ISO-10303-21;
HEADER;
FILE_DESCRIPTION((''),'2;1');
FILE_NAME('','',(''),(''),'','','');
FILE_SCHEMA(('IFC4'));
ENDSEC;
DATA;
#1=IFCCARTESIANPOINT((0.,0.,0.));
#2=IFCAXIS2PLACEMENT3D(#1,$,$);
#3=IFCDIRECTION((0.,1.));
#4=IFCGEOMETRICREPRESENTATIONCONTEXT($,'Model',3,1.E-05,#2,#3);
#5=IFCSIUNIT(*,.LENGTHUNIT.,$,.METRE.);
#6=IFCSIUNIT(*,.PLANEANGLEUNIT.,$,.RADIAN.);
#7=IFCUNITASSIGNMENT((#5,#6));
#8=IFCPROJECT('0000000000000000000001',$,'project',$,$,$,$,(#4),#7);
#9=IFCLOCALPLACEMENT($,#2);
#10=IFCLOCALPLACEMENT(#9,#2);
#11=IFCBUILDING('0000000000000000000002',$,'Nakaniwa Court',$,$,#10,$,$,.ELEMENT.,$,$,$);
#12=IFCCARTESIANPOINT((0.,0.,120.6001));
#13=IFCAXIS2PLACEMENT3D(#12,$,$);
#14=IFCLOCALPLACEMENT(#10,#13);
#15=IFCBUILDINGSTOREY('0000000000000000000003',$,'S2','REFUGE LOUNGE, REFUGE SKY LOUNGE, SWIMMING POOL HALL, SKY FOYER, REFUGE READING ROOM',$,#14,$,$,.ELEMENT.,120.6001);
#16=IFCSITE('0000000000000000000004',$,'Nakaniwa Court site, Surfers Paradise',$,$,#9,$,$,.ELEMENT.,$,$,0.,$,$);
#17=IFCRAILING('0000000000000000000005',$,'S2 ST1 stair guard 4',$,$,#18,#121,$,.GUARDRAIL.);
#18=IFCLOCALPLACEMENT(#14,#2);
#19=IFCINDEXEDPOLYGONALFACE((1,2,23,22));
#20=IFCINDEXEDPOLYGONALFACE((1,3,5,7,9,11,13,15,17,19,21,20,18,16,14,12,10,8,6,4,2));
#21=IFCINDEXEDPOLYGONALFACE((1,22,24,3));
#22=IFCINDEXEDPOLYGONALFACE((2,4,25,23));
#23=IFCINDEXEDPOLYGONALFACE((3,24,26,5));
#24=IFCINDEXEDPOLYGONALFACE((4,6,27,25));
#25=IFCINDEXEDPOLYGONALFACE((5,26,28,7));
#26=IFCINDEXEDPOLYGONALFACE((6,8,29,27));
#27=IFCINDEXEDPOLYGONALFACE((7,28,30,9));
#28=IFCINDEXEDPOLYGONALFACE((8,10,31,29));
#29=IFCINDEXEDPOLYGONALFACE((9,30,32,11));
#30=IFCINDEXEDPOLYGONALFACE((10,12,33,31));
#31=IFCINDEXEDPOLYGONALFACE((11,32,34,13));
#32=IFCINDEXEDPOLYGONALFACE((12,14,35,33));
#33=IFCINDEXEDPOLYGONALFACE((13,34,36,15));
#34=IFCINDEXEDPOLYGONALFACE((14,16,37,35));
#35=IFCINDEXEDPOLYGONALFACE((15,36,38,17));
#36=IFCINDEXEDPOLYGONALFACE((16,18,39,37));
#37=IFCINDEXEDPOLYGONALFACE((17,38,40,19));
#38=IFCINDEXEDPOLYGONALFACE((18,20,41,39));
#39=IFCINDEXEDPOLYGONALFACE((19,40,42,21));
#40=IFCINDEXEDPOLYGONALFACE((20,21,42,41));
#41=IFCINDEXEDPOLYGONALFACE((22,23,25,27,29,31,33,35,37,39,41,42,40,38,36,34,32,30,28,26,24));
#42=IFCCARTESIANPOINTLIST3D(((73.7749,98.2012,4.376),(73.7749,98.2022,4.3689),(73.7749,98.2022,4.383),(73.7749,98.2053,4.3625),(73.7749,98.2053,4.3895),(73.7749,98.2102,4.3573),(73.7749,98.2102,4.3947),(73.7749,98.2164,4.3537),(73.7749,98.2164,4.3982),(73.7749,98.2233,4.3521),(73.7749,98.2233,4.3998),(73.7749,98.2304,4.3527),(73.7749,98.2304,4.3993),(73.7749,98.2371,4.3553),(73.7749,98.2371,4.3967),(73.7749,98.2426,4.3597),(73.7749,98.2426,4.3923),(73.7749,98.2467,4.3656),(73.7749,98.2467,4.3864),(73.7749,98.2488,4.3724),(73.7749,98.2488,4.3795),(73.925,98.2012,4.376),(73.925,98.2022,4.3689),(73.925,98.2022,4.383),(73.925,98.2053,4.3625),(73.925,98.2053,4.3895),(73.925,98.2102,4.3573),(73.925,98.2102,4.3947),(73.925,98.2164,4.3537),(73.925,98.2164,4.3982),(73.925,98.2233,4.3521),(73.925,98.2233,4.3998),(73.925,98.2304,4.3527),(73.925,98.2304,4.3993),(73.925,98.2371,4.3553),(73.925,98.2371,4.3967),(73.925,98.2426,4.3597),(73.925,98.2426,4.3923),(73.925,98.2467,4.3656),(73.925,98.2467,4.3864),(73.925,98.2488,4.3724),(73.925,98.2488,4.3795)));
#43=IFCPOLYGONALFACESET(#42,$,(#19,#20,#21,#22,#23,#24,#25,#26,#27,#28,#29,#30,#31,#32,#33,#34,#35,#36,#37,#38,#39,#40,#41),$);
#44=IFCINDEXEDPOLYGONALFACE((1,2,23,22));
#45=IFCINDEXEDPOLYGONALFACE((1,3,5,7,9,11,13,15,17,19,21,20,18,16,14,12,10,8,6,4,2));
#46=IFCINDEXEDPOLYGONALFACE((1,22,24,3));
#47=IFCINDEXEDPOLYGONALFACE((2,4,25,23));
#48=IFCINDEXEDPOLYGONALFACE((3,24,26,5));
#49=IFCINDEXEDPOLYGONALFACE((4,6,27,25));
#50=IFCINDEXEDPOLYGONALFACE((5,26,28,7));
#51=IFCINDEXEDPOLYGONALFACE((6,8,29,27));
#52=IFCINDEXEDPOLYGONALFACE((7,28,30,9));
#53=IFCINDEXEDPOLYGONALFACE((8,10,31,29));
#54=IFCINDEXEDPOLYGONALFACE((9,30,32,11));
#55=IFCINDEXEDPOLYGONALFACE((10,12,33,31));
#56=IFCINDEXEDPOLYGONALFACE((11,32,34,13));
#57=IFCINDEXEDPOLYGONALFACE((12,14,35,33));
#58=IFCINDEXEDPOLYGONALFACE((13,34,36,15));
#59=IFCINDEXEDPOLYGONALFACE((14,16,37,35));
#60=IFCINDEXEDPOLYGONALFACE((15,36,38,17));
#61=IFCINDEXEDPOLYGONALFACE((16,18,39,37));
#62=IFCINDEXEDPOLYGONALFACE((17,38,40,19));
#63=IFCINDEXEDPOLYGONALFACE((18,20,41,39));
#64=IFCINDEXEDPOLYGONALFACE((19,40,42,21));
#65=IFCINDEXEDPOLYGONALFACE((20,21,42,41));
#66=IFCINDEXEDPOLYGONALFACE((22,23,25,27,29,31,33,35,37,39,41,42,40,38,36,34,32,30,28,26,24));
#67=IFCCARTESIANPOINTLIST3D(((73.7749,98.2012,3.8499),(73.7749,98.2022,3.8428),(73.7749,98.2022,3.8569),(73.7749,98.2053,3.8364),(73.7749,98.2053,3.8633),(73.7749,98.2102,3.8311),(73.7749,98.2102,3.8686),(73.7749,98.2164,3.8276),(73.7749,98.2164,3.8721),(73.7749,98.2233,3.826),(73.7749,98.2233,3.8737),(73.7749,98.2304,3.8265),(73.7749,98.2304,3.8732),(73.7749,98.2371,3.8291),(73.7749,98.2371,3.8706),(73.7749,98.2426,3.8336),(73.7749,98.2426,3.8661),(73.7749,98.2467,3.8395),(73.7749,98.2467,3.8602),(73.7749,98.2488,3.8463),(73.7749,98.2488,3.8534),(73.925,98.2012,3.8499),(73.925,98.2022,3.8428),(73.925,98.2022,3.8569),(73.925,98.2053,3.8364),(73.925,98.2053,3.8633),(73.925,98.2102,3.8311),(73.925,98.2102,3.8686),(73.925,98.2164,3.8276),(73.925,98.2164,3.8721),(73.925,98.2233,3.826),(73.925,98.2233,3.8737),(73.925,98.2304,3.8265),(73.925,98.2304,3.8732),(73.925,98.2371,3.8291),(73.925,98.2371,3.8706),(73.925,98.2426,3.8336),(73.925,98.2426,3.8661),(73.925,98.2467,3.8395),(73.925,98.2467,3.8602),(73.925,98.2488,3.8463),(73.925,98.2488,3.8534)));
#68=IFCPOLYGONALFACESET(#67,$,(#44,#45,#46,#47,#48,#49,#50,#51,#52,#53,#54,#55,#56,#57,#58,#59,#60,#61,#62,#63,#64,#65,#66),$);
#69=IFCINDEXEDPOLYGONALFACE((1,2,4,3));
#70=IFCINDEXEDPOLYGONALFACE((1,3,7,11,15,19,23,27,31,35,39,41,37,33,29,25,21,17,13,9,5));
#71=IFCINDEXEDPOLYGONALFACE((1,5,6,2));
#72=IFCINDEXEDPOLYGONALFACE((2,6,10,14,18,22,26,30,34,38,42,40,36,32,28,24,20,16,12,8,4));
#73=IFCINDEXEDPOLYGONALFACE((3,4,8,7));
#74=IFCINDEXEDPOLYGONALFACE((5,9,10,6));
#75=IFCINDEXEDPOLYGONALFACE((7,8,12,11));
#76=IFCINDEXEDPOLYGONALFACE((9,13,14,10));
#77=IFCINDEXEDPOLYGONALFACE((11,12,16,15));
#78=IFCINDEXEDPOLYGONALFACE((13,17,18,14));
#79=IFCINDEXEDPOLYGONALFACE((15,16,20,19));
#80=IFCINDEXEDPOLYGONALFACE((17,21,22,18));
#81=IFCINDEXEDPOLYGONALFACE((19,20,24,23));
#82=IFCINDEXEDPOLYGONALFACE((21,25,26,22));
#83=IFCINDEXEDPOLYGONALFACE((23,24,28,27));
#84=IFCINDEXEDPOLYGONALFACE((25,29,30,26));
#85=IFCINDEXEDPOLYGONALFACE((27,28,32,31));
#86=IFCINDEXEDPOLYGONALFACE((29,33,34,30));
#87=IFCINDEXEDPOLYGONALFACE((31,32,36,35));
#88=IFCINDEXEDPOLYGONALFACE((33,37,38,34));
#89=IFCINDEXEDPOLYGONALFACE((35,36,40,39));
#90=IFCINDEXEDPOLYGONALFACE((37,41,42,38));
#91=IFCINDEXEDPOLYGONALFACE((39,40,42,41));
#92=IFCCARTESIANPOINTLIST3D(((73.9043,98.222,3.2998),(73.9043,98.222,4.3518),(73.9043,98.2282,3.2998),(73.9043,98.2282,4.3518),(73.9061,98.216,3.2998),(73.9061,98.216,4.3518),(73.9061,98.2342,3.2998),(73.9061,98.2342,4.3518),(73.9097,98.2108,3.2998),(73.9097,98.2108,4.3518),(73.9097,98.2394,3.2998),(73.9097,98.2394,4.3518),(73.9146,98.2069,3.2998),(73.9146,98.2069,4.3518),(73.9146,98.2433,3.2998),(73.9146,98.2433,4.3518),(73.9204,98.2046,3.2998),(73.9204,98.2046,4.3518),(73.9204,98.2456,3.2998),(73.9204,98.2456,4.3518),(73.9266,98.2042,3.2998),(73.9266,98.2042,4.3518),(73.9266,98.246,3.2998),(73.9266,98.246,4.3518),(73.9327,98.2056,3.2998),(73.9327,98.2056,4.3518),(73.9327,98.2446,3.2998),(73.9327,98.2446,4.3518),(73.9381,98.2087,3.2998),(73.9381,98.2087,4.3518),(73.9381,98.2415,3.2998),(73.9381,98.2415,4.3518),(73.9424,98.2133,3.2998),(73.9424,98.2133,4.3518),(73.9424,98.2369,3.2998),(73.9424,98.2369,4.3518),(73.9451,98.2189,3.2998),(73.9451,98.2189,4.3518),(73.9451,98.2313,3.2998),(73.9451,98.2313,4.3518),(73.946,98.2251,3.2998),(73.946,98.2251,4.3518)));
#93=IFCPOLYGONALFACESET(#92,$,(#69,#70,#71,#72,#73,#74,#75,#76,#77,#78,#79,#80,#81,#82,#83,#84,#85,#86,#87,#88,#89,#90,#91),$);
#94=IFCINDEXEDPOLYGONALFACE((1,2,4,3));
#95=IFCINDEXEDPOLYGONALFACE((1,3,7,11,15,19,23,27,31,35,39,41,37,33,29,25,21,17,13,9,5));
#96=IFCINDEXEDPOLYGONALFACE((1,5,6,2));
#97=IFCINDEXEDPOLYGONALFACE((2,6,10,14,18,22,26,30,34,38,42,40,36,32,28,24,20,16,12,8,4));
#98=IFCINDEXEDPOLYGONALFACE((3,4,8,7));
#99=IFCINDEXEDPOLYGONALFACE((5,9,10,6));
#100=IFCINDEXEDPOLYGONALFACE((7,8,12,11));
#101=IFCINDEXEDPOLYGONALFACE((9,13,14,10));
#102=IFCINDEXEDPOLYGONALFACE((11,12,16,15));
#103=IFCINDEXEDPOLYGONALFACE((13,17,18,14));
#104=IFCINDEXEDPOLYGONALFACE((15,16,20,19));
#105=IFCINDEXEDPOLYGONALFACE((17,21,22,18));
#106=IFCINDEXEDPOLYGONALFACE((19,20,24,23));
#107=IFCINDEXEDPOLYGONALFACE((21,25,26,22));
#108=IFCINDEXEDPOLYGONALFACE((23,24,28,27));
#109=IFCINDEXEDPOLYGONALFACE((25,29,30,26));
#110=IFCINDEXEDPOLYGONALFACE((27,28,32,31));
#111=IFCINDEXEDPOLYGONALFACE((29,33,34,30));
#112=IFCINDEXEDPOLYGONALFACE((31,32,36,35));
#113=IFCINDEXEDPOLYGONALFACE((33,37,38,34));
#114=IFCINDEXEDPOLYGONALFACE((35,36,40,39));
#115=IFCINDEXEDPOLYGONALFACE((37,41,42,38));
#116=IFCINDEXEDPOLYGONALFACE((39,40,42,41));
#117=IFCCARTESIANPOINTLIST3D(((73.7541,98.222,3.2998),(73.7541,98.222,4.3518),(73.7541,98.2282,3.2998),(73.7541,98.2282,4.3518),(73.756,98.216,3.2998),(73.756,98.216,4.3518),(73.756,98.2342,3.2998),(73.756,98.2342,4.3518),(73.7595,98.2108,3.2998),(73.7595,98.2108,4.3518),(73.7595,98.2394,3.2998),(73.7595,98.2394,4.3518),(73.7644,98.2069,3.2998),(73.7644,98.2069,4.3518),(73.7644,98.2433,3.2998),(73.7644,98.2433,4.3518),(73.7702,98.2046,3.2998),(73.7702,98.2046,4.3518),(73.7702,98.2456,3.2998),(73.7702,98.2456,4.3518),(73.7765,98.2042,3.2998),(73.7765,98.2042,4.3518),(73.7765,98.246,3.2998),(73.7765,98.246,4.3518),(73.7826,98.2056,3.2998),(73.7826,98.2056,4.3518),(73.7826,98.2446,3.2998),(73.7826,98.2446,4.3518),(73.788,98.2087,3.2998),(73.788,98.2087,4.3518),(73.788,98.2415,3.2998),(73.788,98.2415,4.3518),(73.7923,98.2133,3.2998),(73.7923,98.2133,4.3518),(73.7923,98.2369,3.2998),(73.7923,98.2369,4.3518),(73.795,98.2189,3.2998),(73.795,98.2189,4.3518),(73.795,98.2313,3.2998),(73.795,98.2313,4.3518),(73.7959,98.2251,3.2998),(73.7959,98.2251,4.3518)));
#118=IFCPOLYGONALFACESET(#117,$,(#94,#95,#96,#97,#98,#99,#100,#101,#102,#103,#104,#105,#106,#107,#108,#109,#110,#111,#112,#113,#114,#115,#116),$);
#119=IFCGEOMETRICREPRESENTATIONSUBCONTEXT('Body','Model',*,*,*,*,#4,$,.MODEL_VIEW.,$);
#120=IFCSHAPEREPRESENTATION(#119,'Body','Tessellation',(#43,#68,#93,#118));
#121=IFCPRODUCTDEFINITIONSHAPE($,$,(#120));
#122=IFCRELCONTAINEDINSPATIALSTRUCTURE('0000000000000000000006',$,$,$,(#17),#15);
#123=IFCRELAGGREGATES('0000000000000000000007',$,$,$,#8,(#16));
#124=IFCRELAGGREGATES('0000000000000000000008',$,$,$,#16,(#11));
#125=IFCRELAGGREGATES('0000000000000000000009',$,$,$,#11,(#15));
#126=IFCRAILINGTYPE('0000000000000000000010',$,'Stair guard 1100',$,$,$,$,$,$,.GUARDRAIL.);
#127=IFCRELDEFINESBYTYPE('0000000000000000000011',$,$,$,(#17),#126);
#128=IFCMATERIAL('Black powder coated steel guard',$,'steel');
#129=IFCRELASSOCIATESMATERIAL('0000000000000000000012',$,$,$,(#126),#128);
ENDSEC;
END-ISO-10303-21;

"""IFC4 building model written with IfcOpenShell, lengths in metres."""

from ifc_helpers import new_model, si_unit, direction, frame, origin, origin_2d, place, context, subcontext, project, spatial, circle, extrude, material, type_object, element, save


model = new_model("IFC4")

# Units and contexts
model_context = context("Model", 3, precision=1e-05, world=origin(), true_north=direction((0.0, 1.0)))
body_context = subcontext(model_context, "Body", "Model", "MODEL_VIEW")
ifc_project = project(units=[si_unit("LENGTHUNIT", "METRE"), si_unit("PLANEANGLEUNIT", "RADIAN")], contexts=[model_context])

# Site, building, storey
site_placement = place(None, origin())
site = spatial("IfcSite", under=ifc_project, at=site_placement, Name="Nakaniwa Court site, Surfers Paradise", CompositionType="ELEMENT", RefElevation=0.0)
building_placement = place(site_placement, origin())
building = spatial("IfcBuilding", under=site, at=building_placement, Name="Nakaniwa Court", CompositionType="ELEMENT")
storey_placement = place(building_placement, frame((0.0, 0.0, 120.6001)))
storey = spatial("IfcBuildingStorey", under=building, at=storey_placement, Name="S2", Description="REFUGE LOUNGE, REFUGE SKY LOUNGE, SWIMMING POOL HALL, SKY FOYER, REFUGE READING ROOM", CompositionType="ELEMENT", Elevation=120.6001)

# Railing
ifc_material_1 = material(Name="Black powder coated steel guard", Category="steel")
railing_type_1 = type_object("IfcRailingType", Name="Stair guard 1100", PredefinedType="GUARDRAIL", material=ifc_material_1)
railing_1_placement = place(storey_placement, frame((73.925, 98.2251, 3.2998)))
element("IfcRailing", 1, at=railing_1_placement, inside=storey, type_object=railing_type_1, Name="S2 ST1 stair guard 4", PredefinedType="GUARDRAIL", context=body_context, shape_type="SweptSolid", body=[
    extrude(circle(Radius=0.0239, at=origin_2d()), frame((0.0, 0.0, 1.0762), z_axis=(-1.0, 0.0, 0.0), x_axis=(0.0, -1.0, 0.0)), (0.0, 0.0, 1.0), 0.1501),
    extrude(circle(Radius=0.0239, at=origin_2d()), frame((0.0, 0.0, 0.55), z_axis=(-1.0, 0.0, 0.0), x_axis=(0.0, -1.0, 0.0)), (0.0, 0.0, 1.0), 0.1501),
    extrude(circle(Radius=0.021, at=origin_2d()), origin(), (0.0, 0.0, 1.0), 1.052),
    extrude(circle(Radius=0.021, at=origin_2d()), frame((-0.1501, 0.0, 0.0)), (0.0, 0.0, 1.0), 1.052),
])

save(model, "model.ifc")
